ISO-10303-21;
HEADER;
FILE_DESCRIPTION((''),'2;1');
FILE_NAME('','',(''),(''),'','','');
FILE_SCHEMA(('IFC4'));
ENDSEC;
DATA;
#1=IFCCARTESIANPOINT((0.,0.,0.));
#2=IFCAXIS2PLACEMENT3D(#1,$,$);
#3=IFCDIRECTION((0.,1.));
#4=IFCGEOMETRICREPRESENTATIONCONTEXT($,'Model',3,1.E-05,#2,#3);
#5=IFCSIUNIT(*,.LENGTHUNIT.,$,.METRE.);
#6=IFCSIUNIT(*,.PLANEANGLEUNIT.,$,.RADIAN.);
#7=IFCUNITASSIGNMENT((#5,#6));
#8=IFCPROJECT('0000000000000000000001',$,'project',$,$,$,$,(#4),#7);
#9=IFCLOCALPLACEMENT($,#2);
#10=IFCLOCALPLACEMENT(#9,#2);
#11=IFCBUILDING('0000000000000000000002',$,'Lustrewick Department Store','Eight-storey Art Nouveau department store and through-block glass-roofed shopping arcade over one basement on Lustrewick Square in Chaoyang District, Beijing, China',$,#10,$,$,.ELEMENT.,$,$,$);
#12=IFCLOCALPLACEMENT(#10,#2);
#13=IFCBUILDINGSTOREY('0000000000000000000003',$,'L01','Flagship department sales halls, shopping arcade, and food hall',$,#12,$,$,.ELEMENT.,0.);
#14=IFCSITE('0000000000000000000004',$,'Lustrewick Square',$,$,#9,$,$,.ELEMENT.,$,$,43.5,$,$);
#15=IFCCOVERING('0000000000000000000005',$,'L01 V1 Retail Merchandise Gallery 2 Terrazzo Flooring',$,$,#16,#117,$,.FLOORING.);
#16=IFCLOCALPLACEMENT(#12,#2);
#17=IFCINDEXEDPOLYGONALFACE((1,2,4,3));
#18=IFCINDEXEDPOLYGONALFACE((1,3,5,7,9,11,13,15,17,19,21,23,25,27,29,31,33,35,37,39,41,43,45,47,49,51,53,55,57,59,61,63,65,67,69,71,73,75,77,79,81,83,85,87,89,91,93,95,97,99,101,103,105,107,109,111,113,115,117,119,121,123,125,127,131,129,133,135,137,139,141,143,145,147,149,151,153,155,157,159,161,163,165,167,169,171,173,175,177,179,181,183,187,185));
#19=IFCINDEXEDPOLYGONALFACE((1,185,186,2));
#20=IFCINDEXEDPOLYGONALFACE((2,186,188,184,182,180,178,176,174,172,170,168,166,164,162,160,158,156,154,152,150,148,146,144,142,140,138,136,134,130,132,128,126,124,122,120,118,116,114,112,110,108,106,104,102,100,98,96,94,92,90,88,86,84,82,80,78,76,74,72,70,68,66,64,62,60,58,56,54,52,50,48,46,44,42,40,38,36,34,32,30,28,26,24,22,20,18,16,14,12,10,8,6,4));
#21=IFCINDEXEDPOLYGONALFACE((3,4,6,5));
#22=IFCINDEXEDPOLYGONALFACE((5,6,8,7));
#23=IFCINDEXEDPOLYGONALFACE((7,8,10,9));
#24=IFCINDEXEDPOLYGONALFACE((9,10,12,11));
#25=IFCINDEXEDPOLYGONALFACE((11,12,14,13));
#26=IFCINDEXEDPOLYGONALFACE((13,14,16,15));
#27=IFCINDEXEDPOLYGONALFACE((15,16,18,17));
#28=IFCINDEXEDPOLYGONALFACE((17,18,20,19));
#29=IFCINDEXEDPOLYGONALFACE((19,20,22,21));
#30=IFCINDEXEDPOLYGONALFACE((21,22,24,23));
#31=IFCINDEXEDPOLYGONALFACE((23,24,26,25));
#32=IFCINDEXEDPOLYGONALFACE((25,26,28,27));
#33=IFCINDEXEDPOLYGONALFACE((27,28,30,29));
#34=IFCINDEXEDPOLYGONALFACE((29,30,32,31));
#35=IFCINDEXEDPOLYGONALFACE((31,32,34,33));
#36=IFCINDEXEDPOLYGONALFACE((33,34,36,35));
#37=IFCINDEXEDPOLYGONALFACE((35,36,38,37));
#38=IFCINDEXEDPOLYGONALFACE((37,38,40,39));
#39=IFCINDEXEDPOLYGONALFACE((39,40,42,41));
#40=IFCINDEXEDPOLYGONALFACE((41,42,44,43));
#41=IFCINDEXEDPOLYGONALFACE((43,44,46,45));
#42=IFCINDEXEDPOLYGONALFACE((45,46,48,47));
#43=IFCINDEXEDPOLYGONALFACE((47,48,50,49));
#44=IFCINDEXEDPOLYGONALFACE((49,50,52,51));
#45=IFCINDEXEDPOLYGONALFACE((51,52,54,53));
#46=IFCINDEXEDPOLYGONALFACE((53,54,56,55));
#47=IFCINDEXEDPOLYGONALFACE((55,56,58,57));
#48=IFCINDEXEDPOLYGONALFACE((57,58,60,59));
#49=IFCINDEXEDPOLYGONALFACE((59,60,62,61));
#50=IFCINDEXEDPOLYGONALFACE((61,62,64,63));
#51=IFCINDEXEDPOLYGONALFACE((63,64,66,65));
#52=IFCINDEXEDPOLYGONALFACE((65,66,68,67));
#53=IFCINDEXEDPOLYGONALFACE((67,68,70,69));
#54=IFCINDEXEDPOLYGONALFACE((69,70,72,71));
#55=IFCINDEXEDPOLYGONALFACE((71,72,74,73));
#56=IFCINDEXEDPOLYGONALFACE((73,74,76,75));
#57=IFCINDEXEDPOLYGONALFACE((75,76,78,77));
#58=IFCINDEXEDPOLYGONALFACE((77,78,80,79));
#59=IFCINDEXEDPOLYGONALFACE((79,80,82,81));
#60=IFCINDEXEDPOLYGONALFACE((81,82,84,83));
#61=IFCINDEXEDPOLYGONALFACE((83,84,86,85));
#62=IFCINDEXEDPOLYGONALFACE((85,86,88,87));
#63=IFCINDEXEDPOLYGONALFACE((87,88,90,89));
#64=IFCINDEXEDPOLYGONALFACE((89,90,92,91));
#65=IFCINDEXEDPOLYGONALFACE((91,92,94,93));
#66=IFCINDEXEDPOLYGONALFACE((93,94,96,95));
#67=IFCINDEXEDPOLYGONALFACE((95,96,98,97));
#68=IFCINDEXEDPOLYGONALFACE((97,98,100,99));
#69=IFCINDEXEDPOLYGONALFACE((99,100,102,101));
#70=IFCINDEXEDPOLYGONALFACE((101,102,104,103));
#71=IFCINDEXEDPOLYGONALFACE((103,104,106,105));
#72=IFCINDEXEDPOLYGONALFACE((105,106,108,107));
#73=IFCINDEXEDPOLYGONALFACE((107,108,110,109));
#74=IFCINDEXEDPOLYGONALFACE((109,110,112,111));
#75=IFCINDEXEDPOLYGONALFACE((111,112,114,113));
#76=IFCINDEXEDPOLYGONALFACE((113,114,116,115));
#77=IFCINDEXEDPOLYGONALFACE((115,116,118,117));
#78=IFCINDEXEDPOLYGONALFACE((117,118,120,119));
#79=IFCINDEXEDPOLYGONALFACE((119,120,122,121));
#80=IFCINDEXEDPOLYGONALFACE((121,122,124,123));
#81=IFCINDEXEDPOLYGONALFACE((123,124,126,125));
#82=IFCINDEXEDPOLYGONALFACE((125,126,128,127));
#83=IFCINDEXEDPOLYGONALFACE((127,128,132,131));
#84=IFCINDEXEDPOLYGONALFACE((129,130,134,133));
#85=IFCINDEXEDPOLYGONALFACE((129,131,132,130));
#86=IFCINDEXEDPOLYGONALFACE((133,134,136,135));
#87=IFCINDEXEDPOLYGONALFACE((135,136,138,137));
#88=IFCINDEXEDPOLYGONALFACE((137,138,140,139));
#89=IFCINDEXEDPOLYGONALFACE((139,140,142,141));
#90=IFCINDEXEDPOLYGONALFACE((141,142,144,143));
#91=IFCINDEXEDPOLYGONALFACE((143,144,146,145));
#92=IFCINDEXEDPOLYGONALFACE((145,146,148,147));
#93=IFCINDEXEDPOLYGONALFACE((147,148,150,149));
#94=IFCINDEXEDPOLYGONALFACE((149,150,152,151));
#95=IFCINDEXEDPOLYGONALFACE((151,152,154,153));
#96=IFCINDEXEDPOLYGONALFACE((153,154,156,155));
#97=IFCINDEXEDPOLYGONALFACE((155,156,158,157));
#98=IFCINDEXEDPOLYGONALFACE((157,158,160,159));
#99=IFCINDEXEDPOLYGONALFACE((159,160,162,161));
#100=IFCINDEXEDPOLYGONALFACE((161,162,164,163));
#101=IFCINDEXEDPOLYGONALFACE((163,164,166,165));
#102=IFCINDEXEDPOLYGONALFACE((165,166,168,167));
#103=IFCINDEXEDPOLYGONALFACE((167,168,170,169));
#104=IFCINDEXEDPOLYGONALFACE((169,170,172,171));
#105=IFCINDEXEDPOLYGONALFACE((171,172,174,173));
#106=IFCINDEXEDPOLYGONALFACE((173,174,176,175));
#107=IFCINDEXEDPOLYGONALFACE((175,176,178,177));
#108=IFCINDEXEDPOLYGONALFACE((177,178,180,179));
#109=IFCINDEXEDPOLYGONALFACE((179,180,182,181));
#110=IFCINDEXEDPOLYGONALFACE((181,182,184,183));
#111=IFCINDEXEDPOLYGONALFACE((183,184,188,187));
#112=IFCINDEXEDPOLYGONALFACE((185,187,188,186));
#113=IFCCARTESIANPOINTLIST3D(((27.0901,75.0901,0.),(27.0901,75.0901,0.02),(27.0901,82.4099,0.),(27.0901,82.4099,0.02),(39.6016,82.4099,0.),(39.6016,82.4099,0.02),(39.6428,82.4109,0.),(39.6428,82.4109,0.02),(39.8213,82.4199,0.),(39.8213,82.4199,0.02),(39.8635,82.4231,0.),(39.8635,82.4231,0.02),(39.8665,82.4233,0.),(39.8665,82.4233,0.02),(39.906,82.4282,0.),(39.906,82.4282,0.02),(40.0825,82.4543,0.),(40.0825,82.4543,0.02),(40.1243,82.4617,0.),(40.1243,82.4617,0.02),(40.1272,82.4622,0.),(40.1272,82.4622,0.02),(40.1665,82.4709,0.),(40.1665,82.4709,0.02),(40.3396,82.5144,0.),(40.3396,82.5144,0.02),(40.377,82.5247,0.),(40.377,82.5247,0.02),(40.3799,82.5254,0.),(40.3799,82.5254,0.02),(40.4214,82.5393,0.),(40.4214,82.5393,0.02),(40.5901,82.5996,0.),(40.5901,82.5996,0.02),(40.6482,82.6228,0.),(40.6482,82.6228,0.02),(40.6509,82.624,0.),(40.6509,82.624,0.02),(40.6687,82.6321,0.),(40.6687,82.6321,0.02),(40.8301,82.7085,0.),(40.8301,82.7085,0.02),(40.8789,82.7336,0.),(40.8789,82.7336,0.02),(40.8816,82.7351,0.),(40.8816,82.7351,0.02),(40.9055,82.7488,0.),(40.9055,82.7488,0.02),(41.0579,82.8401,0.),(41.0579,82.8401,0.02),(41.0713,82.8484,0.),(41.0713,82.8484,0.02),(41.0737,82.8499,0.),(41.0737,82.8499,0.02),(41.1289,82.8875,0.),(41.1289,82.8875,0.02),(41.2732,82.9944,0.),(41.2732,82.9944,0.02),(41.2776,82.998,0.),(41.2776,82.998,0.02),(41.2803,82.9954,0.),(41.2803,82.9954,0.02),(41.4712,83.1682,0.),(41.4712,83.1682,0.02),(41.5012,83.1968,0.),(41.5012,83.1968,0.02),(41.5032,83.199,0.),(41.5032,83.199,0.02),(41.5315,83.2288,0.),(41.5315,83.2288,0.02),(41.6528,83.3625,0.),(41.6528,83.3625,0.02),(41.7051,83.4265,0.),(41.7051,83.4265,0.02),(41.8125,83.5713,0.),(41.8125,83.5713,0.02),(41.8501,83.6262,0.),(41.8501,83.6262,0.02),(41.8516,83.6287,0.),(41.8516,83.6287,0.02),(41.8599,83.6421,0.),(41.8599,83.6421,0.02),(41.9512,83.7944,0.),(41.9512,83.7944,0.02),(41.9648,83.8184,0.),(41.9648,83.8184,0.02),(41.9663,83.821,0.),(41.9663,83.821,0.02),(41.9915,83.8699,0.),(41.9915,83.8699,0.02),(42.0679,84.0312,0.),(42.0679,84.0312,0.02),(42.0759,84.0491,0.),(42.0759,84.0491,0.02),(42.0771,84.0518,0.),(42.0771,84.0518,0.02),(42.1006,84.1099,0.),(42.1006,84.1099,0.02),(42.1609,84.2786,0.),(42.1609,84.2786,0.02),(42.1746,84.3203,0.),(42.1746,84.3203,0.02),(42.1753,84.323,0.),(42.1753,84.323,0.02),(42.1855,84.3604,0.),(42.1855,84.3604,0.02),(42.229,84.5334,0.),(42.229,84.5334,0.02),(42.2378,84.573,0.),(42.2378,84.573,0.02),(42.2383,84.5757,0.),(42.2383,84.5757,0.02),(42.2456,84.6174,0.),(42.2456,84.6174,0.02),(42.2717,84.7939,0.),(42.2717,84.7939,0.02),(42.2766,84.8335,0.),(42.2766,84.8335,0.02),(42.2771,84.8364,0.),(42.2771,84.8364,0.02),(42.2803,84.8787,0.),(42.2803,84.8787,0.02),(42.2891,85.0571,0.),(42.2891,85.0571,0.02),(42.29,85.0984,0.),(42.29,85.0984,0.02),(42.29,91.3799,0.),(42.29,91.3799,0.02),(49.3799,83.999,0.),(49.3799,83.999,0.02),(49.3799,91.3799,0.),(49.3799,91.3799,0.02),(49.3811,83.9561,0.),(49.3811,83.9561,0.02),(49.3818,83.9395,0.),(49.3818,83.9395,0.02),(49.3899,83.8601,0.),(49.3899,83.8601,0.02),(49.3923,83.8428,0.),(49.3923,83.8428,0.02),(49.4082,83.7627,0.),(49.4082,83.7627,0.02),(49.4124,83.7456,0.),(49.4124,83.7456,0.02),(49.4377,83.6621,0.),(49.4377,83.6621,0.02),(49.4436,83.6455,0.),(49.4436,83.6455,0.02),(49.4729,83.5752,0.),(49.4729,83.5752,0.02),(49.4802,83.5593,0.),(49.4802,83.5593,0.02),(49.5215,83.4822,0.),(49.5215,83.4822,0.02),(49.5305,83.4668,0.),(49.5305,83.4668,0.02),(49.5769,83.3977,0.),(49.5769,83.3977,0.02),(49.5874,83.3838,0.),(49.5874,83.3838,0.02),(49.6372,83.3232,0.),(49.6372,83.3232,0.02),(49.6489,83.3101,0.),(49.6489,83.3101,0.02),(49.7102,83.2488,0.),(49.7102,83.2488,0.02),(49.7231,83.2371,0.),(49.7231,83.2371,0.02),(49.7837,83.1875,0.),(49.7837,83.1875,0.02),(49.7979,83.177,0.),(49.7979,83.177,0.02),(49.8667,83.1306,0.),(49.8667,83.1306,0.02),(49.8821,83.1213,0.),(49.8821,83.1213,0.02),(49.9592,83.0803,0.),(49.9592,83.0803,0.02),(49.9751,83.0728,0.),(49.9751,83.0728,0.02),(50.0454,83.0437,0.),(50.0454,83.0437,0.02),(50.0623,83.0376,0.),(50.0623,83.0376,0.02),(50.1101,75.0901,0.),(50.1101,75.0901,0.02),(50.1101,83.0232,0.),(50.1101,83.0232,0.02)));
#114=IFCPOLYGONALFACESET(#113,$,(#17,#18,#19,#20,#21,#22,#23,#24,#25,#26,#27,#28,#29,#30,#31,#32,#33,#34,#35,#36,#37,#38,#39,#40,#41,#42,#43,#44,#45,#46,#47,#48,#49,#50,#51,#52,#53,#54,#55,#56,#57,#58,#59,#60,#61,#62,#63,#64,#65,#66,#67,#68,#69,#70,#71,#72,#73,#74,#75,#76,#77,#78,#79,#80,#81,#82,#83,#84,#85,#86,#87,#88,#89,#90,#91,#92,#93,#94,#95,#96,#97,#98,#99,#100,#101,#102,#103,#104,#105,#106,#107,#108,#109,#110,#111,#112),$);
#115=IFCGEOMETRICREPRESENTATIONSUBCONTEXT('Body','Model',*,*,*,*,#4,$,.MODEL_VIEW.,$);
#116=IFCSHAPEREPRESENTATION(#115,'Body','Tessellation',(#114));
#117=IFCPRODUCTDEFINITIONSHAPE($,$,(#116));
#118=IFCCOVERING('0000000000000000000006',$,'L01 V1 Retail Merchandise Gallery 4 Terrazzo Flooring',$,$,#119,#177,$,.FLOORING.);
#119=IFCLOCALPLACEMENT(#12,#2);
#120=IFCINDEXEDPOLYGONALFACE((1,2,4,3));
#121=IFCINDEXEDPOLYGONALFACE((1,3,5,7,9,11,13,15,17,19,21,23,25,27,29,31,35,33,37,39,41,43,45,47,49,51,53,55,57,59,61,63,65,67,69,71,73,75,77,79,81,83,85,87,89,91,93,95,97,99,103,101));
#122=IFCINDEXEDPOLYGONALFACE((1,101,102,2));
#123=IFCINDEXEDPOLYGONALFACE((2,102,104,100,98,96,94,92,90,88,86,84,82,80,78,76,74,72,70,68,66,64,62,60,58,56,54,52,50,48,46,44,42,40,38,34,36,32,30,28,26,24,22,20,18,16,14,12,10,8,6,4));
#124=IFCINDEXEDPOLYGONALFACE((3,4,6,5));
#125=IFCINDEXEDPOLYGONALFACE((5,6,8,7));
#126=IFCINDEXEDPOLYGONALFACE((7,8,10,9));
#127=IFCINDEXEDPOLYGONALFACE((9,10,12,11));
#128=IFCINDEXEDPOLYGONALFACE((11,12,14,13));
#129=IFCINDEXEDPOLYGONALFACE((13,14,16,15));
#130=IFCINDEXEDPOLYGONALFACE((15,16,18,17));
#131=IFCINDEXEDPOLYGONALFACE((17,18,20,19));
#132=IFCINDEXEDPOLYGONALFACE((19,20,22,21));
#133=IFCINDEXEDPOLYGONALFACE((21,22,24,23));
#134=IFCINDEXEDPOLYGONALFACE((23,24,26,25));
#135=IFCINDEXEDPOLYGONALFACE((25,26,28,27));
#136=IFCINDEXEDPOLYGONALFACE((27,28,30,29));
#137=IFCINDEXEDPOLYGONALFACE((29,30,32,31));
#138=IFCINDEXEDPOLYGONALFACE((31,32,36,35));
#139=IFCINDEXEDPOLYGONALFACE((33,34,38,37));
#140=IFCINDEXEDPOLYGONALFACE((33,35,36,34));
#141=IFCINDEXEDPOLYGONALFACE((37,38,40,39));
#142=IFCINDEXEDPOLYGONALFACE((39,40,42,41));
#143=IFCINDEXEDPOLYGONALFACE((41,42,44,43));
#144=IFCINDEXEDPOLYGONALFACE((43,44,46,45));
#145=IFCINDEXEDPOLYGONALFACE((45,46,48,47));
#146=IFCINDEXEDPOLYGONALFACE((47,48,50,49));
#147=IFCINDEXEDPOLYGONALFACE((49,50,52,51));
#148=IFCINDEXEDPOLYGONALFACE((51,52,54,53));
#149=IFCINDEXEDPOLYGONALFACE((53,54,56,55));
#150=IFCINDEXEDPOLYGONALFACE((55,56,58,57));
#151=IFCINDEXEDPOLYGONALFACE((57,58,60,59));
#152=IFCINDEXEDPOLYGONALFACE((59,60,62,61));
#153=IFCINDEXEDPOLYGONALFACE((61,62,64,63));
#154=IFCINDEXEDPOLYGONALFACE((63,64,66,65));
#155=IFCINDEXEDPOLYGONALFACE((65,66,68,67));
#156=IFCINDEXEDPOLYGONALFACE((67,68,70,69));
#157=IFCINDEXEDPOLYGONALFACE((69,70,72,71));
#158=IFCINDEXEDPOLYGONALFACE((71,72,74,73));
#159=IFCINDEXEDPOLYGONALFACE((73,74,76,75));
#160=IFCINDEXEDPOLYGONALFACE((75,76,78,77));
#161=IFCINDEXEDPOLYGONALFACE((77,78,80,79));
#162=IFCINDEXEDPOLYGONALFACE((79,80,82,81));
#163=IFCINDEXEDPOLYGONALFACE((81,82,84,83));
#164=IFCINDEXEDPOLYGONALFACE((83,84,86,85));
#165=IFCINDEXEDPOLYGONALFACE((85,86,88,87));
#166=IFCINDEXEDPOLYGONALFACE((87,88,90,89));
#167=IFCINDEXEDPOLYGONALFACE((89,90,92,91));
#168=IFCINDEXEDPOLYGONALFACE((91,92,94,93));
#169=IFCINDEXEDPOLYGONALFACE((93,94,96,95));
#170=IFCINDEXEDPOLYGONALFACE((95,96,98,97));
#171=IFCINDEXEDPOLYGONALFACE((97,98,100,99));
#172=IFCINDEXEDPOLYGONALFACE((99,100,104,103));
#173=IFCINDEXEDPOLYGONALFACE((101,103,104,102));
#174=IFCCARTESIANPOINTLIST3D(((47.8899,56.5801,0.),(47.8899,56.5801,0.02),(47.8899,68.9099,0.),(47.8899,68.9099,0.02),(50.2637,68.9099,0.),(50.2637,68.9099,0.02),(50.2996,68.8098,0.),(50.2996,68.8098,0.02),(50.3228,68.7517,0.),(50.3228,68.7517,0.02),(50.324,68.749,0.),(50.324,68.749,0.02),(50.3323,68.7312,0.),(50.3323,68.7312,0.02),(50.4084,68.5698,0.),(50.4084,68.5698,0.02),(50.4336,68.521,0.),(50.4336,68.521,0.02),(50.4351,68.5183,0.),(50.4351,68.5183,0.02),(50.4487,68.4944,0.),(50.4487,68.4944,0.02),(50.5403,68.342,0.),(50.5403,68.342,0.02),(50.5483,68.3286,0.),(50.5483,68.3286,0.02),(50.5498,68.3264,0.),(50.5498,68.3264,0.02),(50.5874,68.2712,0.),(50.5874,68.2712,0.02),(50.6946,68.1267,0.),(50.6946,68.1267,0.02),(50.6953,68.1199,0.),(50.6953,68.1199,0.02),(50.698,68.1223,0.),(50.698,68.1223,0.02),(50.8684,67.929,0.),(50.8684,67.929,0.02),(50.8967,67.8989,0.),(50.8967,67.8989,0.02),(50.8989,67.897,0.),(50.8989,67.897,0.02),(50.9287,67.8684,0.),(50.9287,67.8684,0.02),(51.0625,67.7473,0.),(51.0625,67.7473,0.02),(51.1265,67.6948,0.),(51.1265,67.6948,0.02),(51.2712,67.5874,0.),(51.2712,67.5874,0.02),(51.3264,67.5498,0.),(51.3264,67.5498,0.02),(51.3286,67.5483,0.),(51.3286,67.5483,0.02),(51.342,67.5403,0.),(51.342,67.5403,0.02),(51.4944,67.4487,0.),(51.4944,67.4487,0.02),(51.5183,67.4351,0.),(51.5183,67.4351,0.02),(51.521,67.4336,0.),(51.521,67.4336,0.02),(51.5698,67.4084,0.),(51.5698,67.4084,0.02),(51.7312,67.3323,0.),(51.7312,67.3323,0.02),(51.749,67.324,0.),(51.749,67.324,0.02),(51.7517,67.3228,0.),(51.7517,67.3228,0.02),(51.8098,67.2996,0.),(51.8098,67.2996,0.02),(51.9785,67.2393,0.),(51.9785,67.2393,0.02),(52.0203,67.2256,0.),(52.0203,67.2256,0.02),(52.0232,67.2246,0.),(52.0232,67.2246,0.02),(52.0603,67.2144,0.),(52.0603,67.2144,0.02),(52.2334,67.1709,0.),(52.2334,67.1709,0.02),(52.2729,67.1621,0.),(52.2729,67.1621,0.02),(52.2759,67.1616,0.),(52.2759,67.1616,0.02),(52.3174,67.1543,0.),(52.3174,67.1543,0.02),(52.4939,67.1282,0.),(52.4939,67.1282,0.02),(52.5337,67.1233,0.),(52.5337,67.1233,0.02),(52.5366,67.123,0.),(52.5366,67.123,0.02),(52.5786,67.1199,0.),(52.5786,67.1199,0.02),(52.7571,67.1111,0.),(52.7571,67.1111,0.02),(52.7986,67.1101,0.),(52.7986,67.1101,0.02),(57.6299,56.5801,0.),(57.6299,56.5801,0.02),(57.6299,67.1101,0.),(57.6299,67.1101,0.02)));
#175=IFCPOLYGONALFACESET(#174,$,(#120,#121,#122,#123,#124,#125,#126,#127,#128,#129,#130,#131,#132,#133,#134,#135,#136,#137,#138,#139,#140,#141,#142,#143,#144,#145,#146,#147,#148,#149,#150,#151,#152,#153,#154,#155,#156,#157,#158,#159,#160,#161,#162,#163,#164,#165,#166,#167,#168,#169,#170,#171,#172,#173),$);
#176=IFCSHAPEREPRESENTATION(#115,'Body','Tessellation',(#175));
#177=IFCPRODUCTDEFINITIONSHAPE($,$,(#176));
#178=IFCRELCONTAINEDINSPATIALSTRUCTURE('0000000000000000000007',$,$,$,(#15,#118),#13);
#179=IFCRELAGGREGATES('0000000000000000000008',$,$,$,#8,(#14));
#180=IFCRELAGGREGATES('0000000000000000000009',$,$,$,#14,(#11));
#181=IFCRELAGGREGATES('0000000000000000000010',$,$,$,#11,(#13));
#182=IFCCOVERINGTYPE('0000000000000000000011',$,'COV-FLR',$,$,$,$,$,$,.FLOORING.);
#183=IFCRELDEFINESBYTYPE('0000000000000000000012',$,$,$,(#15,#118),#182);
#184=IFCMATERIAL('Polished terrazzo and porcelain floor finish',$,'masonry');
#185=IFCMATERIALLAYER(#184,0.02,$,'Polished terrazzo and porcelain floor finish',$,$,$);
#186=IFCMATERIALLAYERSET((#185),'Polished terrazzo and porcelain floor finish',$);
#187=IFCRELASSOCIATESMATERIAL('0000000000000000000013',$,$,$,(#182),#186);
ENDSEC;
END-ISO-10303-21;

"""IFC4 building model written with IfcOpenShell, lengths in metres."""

from ifc_helpers import new_model, si_unit, direction, origin, place, context, subcontext, project, spatial, polyline, outline, extrude, material, layer, layer_set, type_object, element, save


model = new_model("IFC4")

# Units and contexts
model_context = context("Model", 3, precision=1e-05, world=origin(), true_north=direction((0.0, 1.0)))
body_context = subcontext(model_context, "Body", "Model", "MODEL_VIEW")
ifc_project = project(units=[si_unit("LENGTHUNIT", "METRE"), si_unit("PLANEANGLEUNIT", "RADIAN")], contexts=[model_context])

# Site, building, storey
site_placement = place(None, origin())
site = spatial("IfcSite", under=ifc_project, at=site_placement, Name="Lustrewick Square", CompositionType="ELEMENT", RefElevation=43.5)
building_placement = place(site_placement, origin())
building = spatial("IfcBuilding", under=site, at=building_placement, Name="Lustrewick Department Store", Description="Eight-storey Art Nouveau department store and through-block glass-roofed shopping arcade over one basement on Lustrewick Square in Chaoyang District, Beijing, China", CompositionType="ELEMENT")
storey_placement = place(building_placement, origin())
storey = spatial("IfcBuildingStorey", under=building, at=storey_placement, Name="L01", Description="Flagship department sales halls, shopping arcade, and food hall", CompositionType="ELEMENT", Elevation=0.0)

# Coverings
ifc_material_1 = material(Name="Polished terrazzo and porcelain floor finish", Category="masonry")
ifc_layer_1 = layer(ifc_material_1, 0.02, Name="Polished terrazzo and porcelain floor finish")
ifc_layer_set_1 = layer_set([ifc_layer_1], Name="Polished terrazzo and porcelain floor finish")
covering_type_1 = type_object("IfcCoveringType", Name="COV-FLR", PredefinedType="FLOORING", material=ifc_layer_set_1)
covering_1_placement = place(storey_placement, origin())
element("IfcCovering", 1, at=covering_1_placement, inside=storey, type_object=covering_type_1, Name="L01 V1 Retail Merchandise Gallery 2 Terrazzo Flooring", PredefinedType="FLOORING", context=body_context, shape_type="SweptSolid", body=[
    extrude(outline(polyline([(41.2732, 82.9944), (41.1289, 82.8875), (41.0737, 82.8499), (41.0713, 82.8484), (41.0579, 82.8401), (40.9055, 82.7488), (40.8816, 82.7351), (40.8789, 82.7336), (40.8301, 82.7085), (40.6687, 82.6321), (40.6509, 82.624), (40.6482, 82.6228), (40.5901, 82.5996), (40.4214, 82.5393), (40.3799, 82.5254), (40.377, 82.5247), (40.3396, 82.5144), (40.1665, 82.4709), (40.1272, 82.4622), (40.1243, 82.4617), (40.0825, 82.4543), (39.906, 82.4282), (39.8665, 82.4233), (39.8635, 82.4231), (39.8213, 82.4199), (39.6428, 82.4109), (39.6016, 82.4099), (27.0901, 82.4099), (27.0901, 75.0901), (50.1101, 75.0901), (50.1101, 83.0232), (50.0623, 83.0376), (50.0454, 83.0437), (49.9751, 83.0728), (49.9592, 83.0803), (49.8821, 83.1213), (49.8667, 83.1306), (49.7979, 83.177), (49.7837, 83.1875), (49.7231, 83.2371), (49.7102, 83.2488), (49.6489, 83.3101), (49.6372, 83.3232), (49.5874, 83.3838), (49.5769, 83.3977), (49.5305, 83.4668), (49.5215, 83.4822), (49.4802, 83.5593), (49.4729, 83.5752), (49.4436, 83.6455), (49.4377, 83.6621), (49.4124, 83.7456), (49.4082, 83.7627), (49.3923, 83.8428), (49.3899, 83.8601), (49.3818, 83.9395), (49.3811, 83.9561), (49.3799, 83.999), (49.3799, 91.3799), (42.29, 91.3799), (42.29, 85.0984), (42.2891, 85.0571), (42.2803, 84.8787), (42.2771, 84.8364), (42.2766, 84.8335), (42.2717, 84.7939), (42.2456, 84.6174), (42.2383, 84.5757), (42.2378, 84.573), (42.229, 84.5334), (42.1855, 84.3604), (42.1753, 84.323), (42.1746, 84.3203), (42.1609, 84.2786), (42.1006, 84.1099), (42.0771, 84.0518), (42.0759, 84.0491), (42.0679, 84.0312), (41.9915, 83.8699), (41.9663, 83.821), (41.9648, 83.8184), (41.9512, 83.7944), (41.8599, 83.6421), (41.8516, 83.6287), (41.8501, 83.6262), (41.8125, 83.5713), (41.7051, 83.4265), (41.6528, 83.3625), (41.5315, 83.2288), (41.5032, 83.199), (41.5012, 83.1968), (41.4712, 83.1682), (41.2803, 82.9954), (41.2776, 82.998), (41.2732, 82.9944)])), origin(), (0.0, 0.0, 1.0), 0.02),
])
covering_2_placement = place(storey_placement, origin())
element("IfcCovering", 2, at=covering_2_placement, inside=storey, type_object=covering_type_1, Name="L01 V1 Retail Merchandise Gallery 4 Terrazzo Flooring", PredefinedType="FLOORING", context=body_context, shape_type="SweptSolid", body=[
    extrude(outline(polyline([(50.2637, 68.9099), (47.8899, 68.9099), (47.8899, 56.5801), (57.6299, 56.5801), (57.6299, 67.1101), (52.7986, 67.1101), (52.7571, 67.1111), (52.5786, 67.1199), (52.5366, 67.123), (52.5337, 67.1233), (52.4939, 67.1282), (52.3174, 67.1543), (52.2759, 67.1616), (52.2729, 67.1621), (52.2334, 67.1709), (52.0603, 67.2144), (52.0232, 67.2246), (52.0203, 67.2256), (51.9785, 67.2393), (51.8098, 67.2996), (51.7517, 67.3228), (51.749, 67.324), (51.7312, 67.3323), (51.5698, 67.4084), (51.521, 67.4336), (51.5183, 67.4351), (51.4944, 67.4487), (51.342, 67.5403), (51.3286, 67.5483), (51.3264, 67.5498), (51.2712, 67.5874), (51.1265, 67.6948), (51.0625, 67.7473), (50.9287, 67.8684), (50.8989, 67.897), (50.8967, 67.8989), (50.8684, 67.929), (50.6953, 68.1199), (50.698, 68.1223), (50.6946, 68.1267), (50.5874, 68.2712), (50.5498, 68.3264), (50.5483, 68.3286), (50.5403, 68.342), (50.4487, 68.4944), (50.4351, 68.5183), (50.4336, 68.521), (50.4084, 68.5698), (50.3323, 68.7312), (50.324, 68.749), (50.3228, 68.7517), (50.2996, 68.8098), (50.2637, 68.9099)])), origin(), (0.0, 0.0, 1.0), 0.02),
])

save(model, "model.ifc")
